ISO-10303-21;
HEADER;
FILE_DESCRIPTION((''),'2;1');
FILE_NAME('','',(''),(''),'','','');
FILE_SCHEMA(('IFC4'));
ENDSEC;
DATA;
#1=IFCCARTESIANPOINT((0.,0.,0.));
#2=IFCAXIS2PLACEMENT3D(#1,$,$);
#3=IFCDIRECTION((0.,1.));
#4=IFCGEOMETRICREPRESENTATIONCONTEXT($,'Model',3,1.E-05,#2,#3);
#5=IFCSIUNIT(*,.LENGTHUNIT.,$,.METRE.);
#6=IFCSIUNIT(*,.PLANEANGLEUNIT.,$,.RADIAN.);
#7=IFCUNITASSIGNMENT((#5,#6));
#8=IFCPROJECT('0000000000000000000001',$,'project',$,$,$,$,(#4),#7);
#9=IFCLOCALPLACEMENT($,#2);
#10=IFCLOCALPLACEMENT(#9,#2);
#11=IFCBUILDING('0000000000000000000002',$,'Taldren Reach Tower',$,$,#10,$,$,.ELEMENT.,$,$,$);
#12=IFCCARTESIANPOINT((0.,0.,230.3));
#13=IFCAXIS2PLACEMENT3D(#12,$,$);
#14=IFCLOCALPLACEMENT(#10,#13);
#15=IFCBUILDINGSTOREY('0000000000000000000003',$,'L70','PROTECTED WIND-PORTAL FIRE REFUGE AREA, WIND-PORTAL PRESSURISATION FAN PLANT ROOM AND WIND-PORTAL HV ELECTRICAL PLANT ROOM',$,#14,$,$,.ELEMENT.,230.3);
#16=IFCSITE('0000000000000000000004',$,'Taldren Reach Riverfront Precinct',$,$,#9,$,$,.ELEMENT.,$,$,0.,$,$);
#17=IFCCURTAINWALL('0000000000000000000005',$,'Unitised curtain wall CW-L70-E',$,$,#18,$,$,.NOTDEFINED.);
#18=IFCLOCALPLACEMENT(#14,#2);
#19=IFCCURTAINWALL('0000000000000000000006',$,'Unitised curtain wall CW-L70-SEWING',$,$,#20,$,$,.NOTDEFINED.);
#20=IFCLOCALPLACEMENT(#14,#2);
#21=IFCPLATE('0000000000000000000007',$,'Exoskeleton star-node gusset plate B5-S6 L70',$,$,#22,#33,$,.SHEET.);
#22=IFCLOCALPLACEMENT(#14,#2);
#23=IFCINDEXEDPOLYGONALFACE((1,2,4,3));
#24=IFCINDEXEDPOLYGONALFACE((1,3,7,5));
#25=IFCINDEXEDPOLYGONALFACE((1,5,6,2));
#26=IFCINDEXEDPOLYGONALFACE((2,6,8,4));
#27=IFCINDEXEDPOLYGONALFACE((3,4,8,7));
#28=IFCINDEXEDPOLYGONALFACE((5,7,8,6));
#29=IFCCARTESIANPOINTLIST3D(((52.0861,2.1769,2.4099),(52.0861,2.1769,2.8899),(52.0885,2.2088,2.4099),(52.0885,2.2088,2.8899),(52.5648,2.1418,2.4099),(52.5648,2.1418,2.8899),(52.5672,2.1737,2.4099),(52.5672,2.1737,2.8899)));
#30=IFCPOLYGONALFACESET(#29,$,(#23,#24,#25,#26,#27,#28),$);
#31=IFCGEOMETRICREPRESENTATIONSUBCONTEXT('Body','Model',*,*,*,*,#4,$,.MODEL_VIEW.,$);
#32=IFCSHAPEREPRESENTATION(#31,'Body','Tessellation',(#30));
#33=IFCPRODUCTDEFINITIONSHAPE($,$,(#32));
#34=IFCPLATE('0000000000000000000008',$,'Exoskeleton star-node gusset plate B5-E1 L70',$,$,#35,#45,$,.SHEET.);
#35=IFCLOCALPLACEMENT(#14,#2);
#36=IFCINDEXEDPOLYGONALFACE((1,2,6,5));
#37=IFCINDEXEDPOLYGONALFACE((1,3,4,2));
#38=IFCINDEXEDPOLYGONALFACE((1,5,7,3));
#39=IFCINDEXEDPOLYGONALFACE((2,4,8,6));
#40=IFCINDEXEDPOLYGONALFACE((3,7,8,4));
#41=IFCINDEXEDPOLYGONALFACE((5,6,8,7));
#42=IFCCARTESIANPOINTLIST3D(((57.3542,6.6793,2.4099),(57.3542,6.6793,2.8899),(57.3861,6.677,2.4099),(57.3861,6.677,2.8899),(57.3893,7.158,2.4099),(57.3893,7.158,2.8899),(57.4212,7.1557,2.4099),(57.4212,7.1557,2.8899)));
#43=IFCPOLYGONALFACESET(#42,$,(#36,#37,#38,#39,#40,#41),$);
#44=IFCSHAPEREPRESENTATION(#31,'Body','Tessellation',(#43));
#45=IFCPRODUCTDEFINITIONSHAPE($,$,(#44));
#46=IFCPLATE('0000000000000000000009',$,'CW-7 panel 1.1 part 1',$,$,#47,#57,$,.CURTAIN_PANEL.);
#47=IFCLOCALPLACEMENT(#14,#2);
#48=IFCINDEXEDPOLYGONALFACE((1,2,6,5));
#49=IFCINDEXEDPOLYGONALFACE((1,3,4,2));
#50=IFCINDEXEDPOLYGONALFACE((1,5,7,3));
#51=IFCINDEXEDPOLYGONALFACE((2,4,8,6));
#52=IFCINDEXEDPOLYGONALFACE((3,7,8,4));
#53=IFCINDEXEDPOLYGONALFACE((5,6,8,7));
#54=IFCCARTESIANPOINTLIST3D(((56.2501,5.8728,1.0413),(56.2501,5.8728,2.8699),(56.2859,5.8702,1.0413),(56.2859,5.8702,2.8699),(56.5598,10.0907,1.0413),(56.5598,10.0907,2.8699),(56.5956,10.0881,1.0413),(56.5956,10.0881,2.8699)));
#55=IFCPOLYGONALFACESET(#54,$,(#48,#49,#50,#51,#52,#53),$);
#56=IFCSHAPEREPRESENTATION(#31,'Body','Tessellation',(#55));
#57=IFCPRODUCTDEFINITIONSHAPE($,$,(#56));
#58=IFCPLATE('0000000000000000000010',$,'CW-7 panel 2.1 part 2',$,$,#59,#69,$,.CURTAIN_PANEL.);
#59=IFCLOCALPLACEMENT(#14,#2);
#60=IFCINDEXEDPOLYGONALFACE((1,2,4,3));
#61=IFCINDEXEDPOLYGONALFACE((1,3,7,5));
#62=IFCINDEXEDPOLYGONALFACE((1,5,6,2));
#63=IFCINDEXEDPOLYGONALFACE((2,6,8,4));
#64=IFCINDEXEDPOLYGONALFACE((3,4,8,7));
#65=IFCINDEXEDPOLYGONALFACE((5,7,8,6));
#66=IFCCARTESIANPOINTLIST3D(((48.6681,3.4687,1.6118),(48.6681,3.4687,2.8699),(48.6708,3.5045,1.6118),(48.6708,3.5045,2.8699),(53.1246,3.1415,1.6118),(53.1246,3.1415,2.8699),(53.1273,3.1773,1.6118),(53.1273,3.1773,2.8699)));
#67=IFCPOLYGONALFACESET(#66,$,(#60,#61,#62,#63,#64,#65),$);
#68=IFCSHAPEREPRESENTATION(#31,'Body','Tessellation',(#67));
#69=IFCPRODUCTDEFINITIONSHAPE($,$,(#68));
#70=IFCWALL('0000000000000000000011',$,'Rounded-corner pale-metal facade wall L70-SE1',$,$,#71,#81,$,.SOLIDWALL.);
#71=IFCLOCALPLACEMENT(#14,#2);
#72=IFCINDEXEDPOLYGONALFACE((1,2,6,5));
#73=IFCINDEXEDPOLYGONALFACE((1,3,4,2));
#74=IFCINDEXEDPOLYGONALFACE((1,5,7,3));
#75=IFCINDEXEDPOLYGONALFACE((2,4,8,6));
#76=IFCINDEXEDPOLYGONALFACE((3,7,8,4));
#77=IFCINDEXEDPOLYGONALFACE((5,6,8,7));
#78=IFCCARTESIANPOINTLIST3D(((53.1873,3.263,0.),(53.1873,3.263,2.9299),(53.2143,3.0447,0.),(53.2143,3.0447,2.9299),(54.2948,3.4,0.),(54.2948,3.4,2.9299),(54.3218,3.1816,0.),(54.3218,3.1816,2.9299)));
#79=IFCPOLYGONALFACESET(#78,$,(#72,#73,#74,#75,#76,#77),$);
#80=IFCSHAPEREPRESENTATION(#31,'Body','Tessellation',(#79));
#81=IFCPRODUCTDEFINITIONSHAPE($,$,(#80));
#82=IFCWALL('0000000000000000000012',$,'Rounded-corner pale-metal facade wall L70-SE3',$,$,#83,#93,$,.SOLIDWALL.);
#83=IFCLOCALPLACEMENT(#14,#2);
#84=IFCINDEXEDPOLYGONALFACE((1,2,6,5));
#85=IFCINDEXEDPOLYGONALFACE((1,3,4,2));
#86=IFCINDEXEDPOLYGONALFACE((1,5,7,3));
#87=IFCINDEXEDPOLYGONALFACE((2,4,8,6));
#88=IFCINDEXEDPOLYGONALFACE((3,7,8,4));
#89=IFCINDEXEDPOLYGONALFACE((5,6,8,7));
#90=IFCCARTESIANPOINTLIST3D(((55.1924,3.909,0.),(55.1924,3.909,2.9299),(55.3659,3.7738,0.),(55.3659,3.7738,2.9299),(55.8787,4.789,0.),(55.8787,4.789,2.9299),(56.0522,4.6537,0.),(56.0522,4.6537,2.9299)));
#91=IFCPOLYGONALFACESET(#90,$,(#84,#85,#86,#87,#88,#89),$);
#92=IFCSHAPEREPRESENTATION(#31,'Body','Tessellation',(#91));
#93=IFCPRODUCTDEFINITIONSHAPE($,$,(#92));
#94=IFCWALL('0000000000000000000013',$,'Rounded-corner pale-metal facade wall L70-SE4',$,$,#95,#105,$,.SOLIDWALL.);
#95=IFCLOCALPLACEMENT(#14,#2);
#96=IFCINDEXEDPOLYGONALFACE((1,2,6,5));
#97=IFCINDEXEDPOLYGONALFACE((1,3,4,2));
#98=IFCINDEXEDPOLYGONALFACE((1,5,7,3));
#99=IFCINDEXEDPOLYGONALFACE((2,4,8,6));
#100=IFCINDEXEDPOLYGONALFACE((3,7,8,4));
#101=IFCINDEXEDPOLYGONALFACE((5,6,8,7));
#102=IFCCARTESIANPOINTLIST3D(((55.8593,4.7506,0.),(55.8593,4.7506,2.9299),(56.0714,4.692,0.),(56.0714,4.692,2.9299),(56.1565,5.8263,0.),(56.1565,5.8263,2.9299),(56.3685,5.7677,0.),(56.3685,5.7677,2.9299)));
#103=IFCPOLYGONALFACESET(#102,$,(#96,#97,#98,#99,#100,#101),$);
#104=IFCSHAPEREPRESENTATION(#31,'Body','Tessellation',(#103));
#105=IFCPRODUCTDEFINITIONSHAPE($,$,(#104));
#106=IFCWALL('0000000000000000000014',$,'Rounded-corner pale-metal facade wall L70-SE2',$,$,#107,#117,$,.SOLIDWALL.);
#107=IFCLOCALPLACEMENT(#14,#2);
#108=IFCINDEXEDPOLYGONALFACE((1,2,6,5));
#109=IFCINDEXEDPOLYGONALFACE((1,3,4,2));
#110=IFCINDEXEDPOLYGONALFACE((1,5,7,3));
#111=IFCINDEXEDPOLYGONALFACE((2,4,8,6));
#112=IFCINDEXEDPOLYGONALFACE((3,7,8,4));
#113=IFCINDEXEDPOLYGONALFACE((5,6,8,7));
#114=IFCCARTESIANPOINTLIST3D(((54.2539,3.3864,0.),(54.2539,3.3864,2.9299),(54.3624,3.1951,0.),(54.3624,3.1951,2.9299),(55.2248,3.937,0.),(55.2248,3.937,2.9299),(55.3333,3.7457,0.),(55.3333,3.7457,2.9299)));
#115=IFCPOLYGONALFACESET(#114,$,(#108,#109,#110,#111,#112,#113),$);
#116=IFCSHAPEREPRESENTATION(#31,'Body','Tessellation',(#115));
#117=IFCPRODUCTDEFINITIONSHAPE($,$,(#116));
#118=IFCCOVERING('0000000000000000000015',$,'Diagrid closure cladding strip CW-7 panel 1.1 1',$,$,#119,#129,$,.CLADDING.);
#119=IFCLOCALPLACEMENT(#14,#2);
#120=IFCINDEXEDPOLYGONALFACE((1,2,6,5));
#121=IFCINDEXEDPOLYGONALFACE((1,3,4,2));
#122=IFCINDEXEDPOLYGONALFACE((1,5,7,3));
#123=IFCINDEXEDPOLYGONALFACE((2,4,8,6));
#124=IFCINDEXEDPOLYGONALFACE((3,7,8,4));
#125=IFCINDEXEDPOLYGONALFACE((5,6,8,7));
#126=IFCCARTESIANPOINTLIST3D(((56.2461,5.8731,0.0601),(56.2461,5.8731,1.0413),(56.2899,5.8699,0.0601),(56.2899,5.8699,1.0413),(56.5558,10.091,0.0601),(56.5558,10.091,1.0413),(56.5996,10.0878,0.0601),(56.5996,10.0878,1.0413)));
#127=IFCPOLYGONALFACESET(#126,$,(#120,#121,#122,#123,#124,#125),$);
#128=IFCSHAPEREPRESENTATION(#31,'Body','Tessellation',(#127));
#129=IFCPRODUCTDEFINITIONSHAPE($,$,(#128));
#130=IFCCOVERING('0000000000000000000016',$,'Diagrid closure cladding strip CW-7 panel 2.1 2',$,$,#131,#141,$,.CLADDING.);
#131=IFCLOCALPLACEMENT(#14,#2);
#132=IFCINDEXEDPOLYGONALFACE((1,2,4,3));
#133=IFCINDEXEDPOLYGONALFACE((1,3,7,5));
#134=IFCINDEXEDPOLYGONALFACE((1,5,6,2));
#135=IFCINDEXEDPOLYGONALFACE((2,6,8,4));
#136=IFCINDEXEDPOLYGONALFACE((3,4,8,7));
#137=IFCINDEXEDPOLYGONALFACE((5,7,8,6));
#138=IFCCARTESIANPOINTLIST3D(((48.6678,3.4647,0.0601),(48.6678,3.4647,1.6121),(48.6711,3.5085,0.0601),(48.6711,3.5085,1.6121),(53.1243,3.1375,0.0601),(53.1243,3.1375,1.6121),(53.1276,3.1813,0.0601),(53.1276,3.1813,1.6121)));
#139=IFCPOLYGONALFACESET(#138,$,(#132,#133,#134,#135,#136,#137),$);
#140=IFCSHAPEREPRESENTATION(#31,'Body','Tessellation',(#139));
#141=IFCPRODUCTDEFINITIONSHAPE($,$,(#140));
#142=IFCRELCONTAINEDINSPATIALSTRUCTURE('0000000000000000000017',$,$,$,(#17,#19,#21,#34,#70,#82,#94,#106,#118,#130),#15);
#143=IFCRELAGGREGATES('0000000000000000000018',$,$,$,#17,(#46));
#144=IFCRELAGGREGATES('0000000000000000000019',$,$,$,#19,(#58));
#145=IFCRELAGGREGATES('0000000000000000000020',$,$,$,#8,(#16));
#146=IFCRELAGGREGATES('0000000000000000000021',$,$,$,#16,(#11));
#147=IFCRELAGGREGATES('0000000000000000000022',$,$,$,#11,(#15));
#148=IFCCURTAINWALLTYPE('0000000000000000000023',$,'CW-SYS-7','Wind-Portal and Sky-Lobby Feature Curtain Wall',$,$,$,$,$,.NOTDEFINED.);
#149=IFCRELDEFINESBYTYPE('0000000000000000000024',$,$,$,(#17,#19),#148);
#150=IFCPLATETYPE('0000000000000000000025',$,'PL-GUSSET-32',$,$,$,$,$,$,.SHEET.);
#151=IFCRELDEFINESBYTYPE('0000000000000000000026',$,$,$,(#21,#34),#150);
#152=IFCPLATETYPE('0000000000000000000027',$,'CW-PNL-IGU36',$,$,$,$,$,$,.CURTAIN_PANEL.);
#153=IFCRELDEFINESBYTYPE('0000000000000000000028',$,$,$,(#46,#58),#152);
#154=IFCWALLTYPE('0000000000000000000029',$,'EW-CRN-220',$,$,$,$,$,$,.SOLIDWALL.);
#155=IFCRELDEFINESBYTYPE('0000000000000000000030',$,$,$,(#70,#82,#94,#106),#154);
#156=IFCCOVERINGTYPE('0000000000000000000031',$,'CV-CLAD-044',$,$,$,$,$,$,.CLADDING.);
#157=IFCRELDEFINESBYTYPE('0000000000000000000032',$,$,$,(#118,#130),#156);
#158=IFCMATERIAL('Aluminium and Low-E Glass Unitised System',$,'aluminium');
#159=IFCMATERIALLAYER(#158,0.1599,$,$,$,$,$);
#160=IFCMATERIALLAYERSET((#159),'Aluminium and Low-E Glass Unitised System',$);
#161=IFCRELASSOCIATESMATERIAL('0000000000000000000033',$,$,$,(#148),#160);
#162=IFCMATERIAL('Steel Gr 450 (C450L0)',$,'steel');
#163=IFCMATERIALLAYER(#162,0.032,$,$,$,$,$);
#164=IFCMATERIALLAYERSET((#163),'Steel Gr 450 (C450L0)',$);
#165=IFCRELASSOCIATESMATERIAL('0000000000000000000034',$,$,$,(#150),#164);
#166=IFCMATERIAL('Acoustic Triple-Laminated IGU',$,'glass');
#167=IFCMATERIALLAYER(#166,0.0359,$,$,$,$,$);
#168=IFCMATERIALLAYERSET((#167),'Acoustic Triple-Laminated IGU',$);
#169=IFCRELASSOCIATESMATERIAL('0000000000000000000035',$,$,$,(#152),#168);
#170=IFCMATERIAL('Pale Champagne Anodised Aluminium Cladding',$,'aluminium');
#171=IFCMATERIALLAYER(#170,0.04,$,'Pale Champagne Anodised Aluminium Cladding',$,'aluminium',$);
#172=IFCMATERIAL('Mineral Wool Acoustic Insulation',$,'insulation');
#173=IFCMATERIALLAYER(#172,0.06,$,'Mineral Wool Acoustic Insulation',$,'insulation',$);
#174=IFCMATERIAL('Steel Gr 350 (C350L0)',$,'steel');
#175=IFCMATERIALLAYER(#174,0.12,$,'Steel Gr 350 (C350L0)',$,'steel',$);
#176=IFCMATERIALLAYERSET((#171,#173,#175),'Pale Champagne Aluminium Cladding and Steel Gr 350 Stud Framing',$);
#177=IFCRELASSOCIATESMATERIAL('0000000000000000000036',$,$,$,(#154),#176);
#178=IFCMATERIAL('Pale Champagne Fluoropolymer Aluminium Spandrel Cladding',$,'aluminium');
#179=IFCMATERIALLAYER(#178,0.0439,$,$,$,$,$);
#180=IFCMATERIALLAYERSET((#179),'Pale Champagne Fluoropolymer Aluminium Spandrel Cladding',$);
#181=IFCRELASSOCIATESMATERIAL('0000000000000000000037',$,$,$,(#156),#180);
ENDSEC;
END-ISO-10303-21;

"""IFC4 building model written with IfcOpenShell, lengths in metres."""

from ifc_helpers import new_model, si_unit, direction, frame, frame_2d, origin, origin_2d, place, context, subcontext, project, spatial, rectangle, extrude, source, transform, mapped, material, layer, layer_set, type_object, element, aggregate, save


model = new_model("IFC4")

# Units and contexts
model_context = context("Model", 3, precision=1e-05, world=origin(), true_north=direction((0.0, 1.0)))
body_context = subcontext(model_context, "Body", "Model", "MODEL_VIEW")
ifc_project = project(units=[si_unit("LENGTHUNIT", "METRE"), si_unit("PLANEANGLEUNIT", "RADIAN")], contexts=[model_context])

# Site, building, storey
site_placement = place(None, origin())
site = spatial("IfcSite", under=ifc_project, at=site_placement, Name="Taldren Reach Riverfront Precinct", CompositionType="ELEMENT", RefElevation=0.0)
building_placement = place(site_placement, origin())
building = spatial("IfcBuilding", under=site, at=building_placement, Name="Taldren Reach Tower", CompositionType="ELEMENT")
storey_placement = place(building_placement, frame((0.0, 0.0, 230.3)))
storey = spatial("IfcBuildingStorey", under=building, at=storey_placement, Name="L70", Description="PROTECTED WIND-PORTAL FIRE REFUGE AREA, WIND-PORTAL PRESSURISATION FAN PLANT ROOM AND WIND-PORTAL HV ELECTRICAL PLANT ROOM", CompositionType="ELEMENT", Elevation=230.3)

# Shared definitions
ifc_material_1 = material(Name="Steel Gr 350 (C350L0)", Category="steel")

# Shared definitions
ifc_material_2 = material(Name="Steel Gr 450 (C450L0)", Category="steel")

# Curtain wall
ifc_material_3 = material(Name="Aluminium and Low-E Glass Unitised System", Category="aluminium")
ifc_layer_1 = layer(ifc_material_3, 0.1599)
ifc_layer_set_1 = layer_set([ifc_layer_1], Name="Aluminium and Low-E Glass Unitised System")
curtain_wall_type = type_object("IfcCurtainWallType", Name="CW-SYS-7", Description="Wind-Portal and Sky-Lobby Feature Curtain Wall", PredefinedType="NOTDEFINED", material=ifc_layer_set_1)
curtain_wall_1_placement = place(storey_placement, origin())
curtain_wall_1 = element("IfcCurtainWall", 1, at=curtain_wall_1_placement, inside=storey, type_object=curtain_wall_type, Name="Unitised curtain wall CW-L70-E", PredefinedType="NOTDEFINED")

# Curtain wall
curtain_wall_2_placement = place(storey_placement, origin())
curtain_wall_2 = element("IfcCurtainWall", 2, at=curtain_wall_2_placement, inside=storey, type_object=curtain_wall_type, Name="Unitised curtain wall CW-L70-SEWING", PredefinedType="NOTDEFINED")

# Plates
ifc_layer_2 = layer(ifc_material_2, 0.032)
ifc_layer_set_2 = layer_set([ifc_layer_2], Name="Steel Gr 450 (C450L0)")
plate_type_1 = type_object("IfcPlateType", Name="PL-GUSSET-32", PredefinedType="SHEET", material=ifc_layer_set_2)
shared_shape_1 = source(origin(), body_context, "Body", "SweptSolid", [
    extrude(rectangle(XDim=0.48, YDim=0.032, at=origin_2d()), origin(), (0.0, 0.0, 1.0), 0.48),
])
for number, where, z_axis, x_axis, name in (
    (3, (52.3267, 2.1753, 2.4099), (0.0, 0.0, 1.0), (0.997314, -0.073238, 0.0), "Exoskeleton star-node gusset plate B5-S6 L70"),
    (4, (57.3877, 6.9175, 2.4099), (0.0, 0.0, 1.0), (0.073238, 0.997314, 0.0), "Exoskeleton star-node gusset plate B5-E1 L70"),
):
    element("IfcPlate", number, at=place(storey_placement, frame(where, z_axis=z_axis, x_axis=x_axis)), inside=storey, type_object=plate_type_1, Name=name, PredefinedType="SHEET", context=body_context, shape_type="MappedRepresentation", body=[
        mapped(shared_shape_1, transform((0.0, 0.0, 0.0), scale=1.0)),
    ])

# Plates
ifc_material_4 = material(Name="Acoustic Triple-Laminated IGU", Category="glass")
ifc_layer_3 = layer(ifc_material_4, 0.0359)
ifc_layer_set_3 = layer_set([ifc_layer_3], Name="Acoustic Triple-Laminated IGU")
plate_type_2 = type_object("IfcPlateType", Name="CW-PNL-IGU36", PredefinedType="CURTAIN_PANEL", material=ifc_layer_set_3)
shared_shape_2 = source(origin(), body_context, "Body", "SweptSolid", [
    extrude(rectangle(XDim=4.2292, YDim=0.0359, at=origin_2d()), origin(), (0.0, 0.0, 1.0), 1.8286),
])
plate_1_placement = place(storey_placement, frame((56.4229, 7.9805, 1.0413), z_axis=(0.0, 0.0, 1.0), x_axis=(0.073238, 0.997314, 0.0)))
plate_1 = element("IfcPlate", 5, at=plate_1_placement, type_object=plate_type_2, Name="CW-7 panel 1.1 part 1", PredefinedType="CURTAIN_PANEL", context=body_context, shape_type="MappedRepresentation", body=[
    mapped(shared_shape_2, transform((0.0, 0.0, 0.0), scale=1.0)),
])
aggregate(curtain_wall_1, [plate_1])
shared_shape_3 = source(origin(), body_context, "Body", "SweptSolid", [
    extrude(rectangle(XDim=4.4685, YDim=0.0359, at=origin_2d()), origin(), (0.0, 0.0, 1.0), 1.2581),
])
plate_2_placement = place(storey_placement, frame((50.8977, 3.323, 1.6118), z_axis=(0.0, 0.0, 1.0), x_axis=(0.997314, -0.073238, 0.0)))
plate_2 = element("IfcPlate", 6, at=plate_2_placement, type_object=plate_type_2, Name="CW-7 panel 2.1 part 2", PredefinedType="CURTAIN_PANEL", context=body_context, shape_type="MappedRepresentation", body=[
    mapped(shared_shape_3, transform((0.0, 0.0, 0.0), scale=1.0)),
])
aggregate(curtain_wall_2, [plate_2])

# Walls
ifc_material_5 = material(Name="Pale Champagne Anodised Aluminium Cladding", Category="aluminium")
ifc_layer_4 = layer(ifc_material_5, 0.04, Name="Pale Champagne Anodised Aluminium Cladding", Category="aluminium")
ifc_material_6 = material(Name="Mineral Wool Acoustic Insulation", Category="insulation")
ifc_layer_5 = layer(ifc_material_6, 0.06, Name="Mineral Wool Acoustic Insulation", Category="insulation")
ifc_layer_6 = layer(ifc_material_1, 0.12, Name="Steel Gr 350 (C350L0)", Category="steel")
ifc_layer_set_4 = layer_set([ifc_layer_4, ifc_layer_5, ifc_layer_6], Name="Pale Champagne Aluminium Cladding and Steel Gr 350 Stud Framing")
wall_type = type_object("IfcWallType", Name="EW-CRN-220", PredefinedType="SOLIDWALL", material=ifc_layer_set_4)
shared_shape_4 = source(origin(), body_context, "Body", "SweptSolid", [
    extrude(rectangle(XDim=1.116, YDim=0.22, at=frame_2d((0.5581, 0.0))), origin(), (0.0, 0.0, 1.0), 2.9299),
])
for number, where, z_axis, x_axis, name in (
    (7, (53.2007, 3.1538, 0.0), (0.0, 0.0, 1.0), (0.992439, 0.122742, 0.0), "Rounded-corner pale-metal facade wall L70-SE1"),
    (8, (55.2791, 3.8413, 0.0), (0.0, 0.0, 1.0), (0.615015, 0.788515, 0.0), "Rounded-corner pale-metal facade wall L70-SE3"),
    (9, (55.9653, 4.7212, 0.0), (0.0, 0.0, 1.0), (0.266244, 0.963906, 0.0), "Rounded-corner pale-metal facade wall L70-SE4"),
):
    element("IfcWall", number, at=place(storey_placement, frame(where, z_axis=z_axis, x_axis=x_axis)), inside=storey, type_object=wall_type, Name=name, PredefinedType="SOLIDWALL", context=body_context, shape_type="MappedRepresentation", body=[
        mapped(shared_shape_4, transform((0.0, 0.0, 0.0), scale=1.0)),
    ])
shared_shape_5 = source(origin(), body_context, "Body", "SweptSolid", [
    extrude(rectangle(XDim=1.1162, YDim=0.22, at=frame_2d((0.5581, 0.0))), origin(), (0.0, 0.0, 1.0), 2.9299),
])
wall_placement = place(storey_placement, frame((54.3081, 3.2908, 0.0), z_axis=(0.0, 0.0, 1.0), x_axis=(0.869894, 0.493239, 0.0)))
element("IfcWall", 10, at=wall_placement, inside=storey, type_object=wall_type, Name="Rounded-corner pale-metal facade wall L70-SE2", PredefinedType="SOLIDWALL", context=body_context, shape_type="MappedRepresentation", body=[
    mapped(shared_shape_5, transform((0.0, 0.0, 0.0), scale=1.0)),
])

# Coverings
ifc_material_7 = material(Name="Pale Champagne Fluoropolymer Aluminium Spandrel Cladding", Category="aluminium")
ifc_layer_7 = layer(ifc_material_7, 0.0439)
ifc_layer_set_5 = layer_set([ifc_layer_7], Name="Pale Champagne Fluoropolymer Aluminium Spandrel Cladding")
covering_type = type_object("IfcCoveringType", Name="CV-CLAD-044", PredefinedType="CLADDING", material=ifc_layer_set_5)
shared_shape_6 = source(origin(), body_context, "Body", "SweptSolid", [
    extrude(rectangle(XDim=4.2292, YDim=0.0439, at=origin_2d()), origin(), (0.0, 0.0, 1.0), 0.9812),
])
covering_1_placement = place(storey_placement, frame((56.4229, 7.9805, 0.0601), z_axis=(0.0, 0.0, 1.0), x_axis=(0.073238, 0.997314, 0.0)))
element("IfcCovering", 11, at=covering_1_placement, inside=storey, type_object=covering_type, Name="Diagrid closure cladding strip CW-7 panel 1.1 1", PredefinedType="CLADDING", context=body_context, shape_type="MappedRepresentation", body=[
    mapped(shared_shape_6, transform((0.0, 0.0, 0.0), scale=1.0)),
])
shared_shape_7 = source(origin(), body_context, "Body", "SweptSolid", [
    extrude(rectangle(XDim=4.4685, YDim=0.0439, at=origin_2d()), origin(), (0.0, 0.0, 1.0), 1.552),
])
covering_2_placement = place(storey_placement, frame((50.8977, 3.323, 0.0601), z_axis=(0.0, 0.0, 1.0), x_axis=(0.997314, -0.073238, 0.0)))
element("IfcCovering", 12, at=covering_2_placement, inside=storey, type_object=covering_type, Name="Diagrid closure cladding strip CW-7 panel 2.1 2", PredefinedType="CLADDING", context=body_context, shape_type="MappedRepresentation", body=[
    mapped(shared_shape_7, transform((0.0, 0.0, 0.0), scale=1.0)),
])

save(model, "model.ifc")
